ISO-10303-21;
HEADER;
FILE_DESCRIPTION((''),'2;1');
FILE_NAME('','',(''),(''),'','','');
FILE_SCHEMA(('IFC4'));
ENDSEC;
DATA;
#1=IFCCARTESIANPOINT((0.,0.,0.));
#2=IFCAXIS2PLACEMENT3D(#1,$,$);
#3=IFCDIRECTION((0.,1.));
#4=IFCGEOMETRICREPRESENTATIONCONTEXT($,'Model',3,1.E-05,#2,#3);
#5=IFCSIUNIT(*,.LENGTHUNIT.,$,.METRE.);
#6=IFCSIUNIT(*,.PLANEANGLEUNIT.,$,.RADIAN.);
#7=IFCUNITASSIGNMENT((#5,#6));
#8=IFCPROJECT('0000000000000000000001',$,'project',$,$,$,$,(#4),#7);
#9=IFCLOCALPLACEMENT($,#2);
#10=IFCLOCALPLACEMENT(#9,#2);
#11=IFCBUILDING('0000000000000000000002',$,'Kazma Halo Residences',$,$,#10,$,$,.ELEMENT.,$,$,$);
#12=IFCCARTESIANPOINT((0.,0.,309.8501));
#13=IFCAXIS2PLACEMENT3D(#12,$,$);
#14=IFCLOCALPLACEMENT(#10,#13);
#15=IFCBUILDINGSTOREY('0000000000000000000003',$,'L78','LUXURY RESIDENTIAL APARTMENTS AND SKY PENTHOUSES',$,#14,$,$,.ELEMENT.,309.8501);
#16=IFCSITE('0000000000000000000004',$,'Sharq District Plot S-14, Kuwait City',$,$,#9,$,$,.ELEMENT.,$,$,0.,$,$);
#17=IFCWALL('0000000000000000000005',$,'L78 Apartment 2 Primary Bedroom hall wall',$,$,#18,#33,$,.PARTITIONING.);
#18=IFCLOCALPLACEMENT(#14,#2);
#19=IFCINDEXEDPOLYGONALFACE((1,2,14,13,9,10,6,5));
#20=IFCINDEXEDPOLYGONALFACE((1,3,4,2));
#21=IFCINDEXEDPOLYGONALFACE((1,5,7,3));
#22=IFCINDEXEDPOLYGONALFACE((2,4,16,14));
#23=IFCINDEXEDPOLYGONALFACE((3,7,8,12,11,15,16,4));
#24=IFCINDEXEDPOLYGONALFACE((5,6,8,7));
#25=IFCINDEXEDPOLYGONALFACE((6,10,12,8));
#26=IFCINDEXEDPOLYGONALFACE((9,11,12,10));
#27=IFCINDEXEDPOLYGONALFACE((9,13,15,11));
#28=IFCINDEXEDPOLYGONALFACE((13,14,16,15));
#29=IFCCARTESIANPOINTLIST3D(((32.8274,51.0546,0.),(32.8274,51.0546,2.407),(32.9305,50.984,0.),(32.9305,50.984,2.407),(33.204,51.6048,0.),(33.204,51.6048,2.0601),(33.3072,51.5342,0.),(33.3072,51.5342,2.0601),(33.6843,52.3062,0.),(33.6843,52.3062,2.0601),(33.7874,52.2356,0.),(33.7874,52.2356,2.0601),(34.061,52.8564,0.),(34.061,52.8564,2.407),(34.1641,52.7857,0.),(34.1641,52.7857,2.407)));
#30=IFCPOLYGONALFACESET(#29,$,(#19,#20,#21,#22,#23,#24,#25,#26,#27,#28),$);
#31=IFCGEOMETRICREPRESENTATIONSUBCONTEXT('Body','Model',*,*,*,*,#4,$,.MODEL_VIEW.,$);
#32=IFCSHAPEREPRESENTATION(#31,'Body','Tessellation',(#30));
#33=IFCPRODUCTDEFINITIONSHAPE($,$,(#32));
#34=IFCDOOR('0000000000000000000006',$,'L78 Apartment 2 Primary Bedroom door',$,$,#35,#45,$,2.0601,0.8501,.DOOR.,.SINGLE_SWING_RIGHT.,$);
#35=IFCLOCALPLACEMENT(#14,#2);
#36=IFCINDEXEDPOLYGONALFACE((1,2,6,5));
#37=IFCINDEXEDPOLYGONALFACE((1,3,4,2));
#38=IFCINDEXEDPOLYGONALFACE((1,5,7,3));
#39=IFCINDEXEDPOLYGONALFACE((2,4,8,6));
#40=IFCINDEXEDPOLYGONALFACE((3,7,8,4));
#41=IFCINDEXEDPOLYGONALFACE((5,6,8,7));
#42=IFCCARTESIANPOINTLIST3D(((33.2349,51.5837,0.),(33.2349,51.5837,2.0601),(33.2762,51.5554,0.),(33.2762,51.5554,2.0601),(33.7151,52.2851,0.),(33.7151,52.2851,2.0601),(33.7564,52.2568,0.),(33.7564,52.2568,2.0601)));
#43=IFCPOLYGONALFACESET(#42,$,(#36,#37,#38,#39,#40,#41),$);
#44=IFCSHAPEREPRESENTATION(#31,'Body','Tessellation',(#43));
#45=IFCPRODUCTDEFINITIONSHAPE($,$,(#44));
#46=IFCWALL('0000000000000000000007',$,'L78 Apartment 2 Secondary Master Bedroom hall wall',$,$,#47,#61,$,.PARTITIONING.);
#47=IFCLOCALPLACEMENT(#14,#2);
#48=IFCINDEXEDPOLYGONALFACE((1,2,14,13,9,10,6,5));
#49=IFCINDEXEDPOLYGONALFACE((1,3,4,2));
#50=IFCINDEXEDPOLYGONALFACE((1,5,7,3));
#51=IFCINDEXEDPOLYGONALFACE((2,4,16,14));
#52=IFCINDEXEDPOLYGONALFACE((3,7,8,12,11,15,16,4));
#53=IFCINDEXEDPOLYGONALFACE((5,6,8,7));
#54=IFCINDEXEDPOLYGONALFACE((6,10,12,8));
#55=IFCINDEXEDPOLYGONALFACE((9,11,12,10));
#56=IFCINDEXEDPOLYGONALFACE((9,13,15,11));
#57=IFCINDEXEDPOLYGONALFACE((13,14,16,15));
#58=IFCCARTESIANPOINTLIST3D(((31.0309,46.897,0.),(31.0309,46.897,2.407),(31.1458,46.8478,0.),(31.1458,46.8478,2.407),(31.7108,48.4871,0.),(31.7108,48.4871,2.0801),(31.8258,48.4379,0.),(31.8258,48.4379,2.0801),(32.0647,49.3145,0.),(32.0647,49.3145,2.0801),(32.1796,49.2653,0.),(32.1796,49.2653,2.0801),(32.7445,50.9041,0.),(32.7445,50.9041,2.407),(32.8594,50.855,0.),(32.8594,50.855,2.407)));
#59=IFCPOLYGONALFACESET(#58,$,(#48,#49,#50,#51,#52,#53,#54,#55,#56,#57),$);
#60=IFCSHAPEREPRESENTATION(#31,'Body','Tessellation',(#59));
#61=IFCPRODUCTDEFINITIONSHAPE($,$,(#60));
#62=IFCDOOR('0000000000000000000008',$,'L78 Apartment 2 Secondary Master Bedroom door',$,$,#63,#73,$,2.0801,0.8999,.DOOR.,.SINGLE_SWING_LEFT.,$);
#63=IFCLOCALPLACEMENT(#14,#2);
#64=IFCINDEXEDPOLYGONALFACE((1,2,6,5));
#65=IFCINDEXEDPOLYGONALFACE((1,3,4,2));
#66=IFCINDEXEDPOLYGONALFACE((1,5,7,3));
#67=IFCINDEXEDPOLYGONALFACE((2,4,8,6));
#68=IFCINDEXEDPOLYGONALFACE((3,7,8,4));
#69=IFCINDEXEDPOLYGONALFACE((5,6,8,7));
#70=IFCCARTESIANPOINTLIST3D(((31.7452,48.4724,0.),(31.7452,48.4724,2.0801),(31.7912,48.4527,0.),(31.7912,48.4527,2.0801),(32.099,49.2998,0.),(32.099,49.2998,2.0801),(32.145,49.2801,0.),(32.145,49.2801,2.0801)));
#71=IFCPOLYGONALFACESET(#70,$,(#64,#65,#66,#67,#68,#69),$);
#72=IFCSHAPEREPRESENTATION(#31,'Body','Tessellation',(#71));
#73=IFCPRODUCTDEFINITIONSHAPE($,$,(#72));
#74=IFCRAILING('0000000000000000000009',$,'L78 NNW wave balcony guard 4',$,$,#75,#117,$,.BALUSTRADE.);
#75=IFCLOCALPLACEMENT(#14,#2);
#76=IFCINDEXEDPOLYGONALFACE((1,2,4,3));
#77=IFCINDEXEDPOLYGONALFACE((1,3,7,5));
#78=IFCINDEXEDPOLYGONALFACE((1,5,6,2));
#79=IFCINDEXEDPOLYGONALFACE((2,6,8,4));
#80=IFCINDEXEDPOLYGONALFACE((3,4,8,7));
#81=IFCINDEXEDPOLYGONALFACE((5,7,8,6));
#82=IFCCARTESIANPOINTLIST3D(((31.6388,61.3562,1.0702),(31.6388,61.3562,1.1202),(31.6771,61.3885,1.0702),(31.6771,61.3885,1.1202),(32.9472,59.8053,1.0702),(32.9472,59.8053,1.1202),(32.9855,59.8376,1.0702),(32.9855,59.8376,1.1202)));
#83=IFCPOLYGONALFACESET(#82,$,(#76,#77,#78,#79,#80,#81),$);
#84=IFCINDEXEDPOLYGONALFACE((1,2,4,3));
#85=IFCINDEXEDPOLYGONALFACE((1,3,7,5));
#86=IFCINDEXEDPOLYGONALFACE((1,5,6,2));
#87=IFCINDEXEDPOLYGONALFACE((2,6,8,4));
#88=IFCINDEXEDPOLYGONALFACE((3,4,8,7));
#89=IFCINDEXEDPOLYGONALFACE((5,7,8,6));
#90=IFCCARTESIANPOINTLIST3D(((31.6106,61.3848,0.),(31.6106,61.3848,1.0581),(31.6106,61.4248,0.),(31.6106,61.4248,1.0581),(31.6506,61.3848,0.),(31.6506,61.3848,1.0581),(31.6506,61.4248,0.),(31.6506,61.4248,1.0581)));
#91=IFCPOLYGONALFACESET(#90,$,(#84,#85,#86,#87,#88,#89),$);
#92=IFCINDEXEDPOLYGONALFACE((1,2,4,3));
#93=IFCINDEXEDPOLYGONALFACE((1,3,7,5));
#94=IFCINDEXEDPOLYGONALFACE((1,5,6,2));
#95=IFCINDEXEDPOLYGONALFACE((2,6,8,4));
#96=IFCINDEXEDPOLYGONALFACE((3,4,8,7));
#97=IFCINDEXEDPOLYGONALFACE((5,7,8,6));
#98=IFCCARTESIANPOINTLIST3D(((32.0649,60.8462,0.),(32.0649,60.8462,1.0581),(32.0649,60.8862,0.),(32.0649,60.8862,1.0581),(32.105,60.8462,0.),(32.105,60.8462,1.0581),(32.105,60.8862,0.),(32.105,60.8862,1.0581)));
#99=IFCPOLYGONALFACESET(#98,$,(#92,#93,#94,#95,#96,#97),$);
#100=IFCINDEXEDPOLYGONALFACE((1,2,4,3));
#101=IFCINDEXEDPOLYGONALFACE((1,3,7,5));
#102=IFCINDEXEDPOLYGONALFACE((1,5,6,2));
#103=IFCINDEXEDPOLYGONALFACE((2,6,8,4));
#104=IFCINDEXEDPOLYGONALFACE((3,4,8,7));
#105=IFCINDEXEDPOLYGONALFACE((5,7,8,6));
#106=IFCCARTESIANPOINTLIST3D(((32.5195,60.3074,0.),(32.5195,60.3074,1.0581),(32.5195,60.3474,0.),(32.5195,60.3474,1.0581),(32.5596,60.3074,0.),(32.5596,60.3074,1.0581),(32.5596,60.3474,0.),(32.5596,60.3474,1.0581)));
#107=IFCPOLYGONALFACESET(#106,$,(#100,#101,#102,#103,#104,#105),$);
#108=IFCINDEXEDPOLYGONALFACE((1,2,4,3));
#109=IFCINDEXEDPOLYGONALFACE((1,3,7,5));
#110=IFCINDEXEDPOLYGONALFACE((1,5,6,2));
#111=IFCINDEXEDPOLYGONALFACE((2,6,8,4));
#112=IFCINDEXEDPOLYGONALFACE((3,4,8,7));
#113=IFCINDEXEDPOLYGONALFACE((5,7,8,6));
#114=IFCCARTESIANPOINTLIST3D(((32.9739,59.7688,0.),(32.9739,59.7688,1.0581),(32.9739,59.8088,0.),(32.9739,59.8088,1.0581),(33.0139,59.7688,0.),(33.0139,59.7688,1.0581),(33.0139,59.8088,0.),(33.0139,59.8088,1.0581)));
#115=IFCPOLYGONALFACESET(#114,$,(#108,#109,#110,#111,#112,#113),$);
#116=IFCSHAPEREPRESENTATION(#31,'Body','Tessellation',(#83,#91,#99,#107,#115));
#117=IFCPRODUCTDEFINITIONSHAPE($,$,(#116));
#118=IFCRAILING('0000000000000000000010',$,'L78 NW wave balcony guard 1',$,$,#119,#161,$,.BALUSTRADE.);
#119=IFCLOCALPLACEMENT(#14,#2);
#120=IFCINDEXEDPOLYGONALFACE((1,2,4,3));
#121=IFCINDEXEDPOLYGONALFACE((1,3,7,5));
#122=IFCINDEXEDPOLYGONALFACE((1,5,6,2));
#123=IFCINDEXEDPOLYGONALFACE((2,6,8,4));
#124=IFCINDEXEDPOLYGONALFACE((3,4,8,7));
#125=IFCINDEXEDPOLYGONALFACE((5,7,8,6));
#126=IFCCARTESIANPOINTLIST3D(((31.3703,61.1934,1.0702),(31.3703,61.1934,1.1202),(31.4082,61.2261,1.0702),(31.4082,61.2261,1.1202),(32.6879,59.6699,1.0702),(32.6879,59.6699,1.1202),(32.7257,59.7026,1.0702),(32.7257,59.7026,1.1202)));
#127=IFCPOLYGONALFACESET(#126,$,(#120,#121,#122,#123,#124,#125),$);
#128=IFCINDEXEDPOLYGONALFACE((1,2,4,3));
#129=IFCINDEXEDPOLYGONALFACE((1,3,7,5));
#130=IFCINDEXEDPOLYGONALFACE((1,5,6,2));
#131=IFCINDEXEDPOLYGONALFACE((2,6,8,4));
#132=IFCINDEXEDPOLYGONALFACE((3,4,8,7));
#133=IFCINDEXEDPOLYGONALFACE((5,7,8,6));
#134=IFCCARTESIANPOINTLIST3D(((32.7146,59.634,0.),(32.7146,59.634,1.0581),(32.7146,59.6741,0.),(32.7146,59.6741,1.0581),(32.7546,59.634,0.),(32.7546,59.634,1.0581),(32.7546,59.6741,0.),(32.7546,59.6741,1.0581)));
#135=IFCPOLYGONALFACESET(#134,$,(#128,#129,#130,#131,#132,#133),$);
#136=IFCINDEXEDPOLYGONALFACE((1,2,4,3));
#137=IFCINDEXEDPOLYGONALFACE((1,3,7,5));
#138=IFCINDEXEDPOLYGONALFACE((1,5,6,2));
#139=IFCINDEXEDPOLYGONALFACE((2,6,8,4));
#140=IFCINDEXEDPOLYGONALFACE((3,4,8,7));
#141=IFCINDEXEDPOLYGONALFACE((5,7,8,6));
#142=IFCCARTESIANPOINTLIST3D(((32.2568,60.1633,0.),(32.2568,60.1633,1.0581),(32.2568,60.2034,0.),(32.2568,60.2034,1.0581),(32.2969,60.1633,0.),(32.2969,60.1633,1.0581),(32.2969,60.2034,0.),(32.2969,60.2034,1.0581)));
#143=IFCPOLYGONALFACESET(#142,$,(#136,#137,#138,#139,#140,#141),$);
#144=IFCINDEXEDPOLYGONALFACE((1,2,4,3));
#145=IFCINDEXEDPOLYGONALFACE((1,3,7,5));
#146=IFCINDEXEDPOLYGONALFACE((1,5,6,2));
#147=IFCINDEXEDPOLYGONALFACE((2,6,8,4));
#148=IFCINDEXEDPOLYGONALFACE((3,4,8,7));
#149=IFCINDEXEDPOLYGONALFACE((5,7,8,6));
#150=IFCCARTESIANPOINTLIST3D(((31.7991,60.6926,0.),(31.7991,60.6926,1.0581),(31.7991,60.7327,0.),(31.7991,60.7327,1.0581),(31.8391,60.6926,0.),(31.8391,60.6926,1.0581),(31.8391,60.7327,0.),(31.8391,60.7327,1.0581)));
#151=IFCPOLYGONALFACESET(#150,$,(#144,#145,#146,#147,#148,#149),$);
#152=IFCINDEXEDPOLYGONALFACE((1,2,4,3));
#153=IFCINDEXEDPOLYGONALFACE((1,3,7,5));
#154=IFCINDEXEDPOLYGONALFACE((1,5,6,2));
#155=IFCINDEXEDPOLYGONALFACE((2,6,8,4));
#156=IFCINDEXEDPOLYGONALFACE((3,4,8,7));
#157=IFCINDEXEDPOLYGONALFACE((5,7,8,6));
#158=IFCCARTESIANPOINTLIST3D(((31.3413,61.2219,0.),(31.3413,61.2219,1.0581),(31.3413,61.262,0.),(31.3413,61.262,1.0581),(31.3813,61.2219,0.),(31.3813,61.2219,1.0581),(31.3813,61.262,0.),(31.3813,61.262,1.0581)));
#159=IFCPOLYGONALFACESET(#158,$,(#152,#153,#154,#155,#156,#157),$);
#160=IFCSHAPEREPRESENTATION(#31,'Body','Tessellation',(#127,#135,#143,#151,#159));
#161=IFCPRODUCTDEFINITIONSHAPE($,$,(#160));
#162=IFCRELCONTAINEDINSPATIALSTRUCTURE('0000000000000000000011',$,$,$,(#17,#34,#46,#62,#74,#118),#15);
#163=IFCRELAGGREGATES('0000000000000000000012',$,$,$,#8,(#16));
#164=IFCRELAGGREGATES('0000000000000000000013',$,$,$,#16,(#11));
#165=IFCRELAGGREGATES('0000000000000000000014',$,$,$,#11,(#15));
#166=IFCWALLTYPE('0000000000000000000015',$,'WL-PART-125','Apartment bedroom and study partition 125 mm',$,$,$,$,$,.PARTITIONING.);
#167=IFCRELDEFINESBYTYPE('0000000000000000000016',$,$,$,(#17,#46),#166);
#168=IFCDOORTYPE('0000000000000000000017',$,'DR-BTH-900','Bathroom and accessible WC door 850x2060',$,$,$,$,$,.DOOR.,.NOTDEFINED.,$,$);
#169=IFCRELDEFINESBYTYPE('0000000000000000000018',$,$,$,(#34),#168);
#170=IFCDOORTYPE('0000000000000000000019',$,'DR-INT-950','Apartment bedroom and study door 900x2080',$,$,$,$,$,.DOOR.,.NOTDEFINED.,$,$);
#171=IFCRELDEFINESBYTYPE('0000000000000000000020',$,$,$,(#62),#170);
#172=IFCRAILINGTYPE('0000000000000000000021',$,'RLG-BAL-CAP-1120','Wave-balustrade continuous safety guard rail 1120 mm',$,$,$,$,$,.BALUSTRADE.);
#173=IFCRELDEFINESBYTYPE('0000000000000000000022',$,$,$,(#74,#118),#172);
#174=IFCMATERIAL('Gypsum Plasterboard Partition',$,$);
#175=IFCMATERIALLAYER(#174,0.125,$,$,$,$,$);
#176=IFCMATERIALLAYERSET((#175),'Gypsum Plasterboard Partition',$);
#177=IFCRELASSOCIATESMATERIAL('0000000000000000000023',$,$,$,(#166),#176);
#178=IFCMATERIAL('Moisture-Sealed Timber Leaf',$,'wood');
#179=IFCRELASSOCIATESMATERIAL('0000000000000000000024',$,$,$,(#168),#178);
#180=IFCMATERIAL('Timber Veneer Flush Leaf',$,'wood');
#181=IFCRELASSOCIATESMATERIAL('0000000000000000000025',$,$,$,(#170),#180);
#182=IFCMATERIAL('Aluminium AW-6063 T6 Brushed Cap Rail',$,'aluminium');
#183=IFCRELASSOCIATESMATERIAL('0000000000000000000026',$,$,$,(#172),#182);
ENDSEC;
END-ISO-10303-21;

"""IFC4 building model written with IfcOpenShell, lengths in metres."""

from ifc_helpers import new_model, si_unit, direction, frame, frame_2d, origin, origin_2d, place, context, subcontext, project, spatial, rectangle, extrude, material, layer, layer_set, type_object, element, fill, save


model = new_model("IFC4")

# Units and contexts
model_context = context("Model", 3, precision=1e-05, world=origin(), true_north=direction((0.0, 1.0)))
body_context = subcontext(model_context, "Body", "Model", "MODEL_VIEW")
ifc_project = project(units=[si_unit("LENGTHUNIT", "METRE"), si_unit("PLANEANGLEUNIT", "RADIAN")], contexts=[model_context])

# Site, building, storey
site_placement = place(None, origin())
site = spatial("IfcSite", under=ifc_project, at=site_placement, Name="Sharq District Plot S-14, Kuwait City", CompositionType="ELEMENT", RefElevation=0.0)
building_placement = place(site_placement, origin())
building = spatial("IfcBuilding", under=site, at=building_placement, Name="Kazma Halo Residences", CompositionType="ELEMENT")
storey_placement = place(building_placement, frame((0.0, 0.0, 309.8501)))
storey = spatial("IfcBuildingStorey", under=building, at=storey_placement, Name="L78", Description="LUXURY RESIDENTIAL APARTMENTS AND SKY PENTHOUSES", CompositionType="ELEMENT", Elevation=309.8501)

# Shared definitions
ifc_material_1 = material(Name="Gypsum Plasterboard Partition")
ifc_layer_1 = layer(ifc_material_1, 0.125)
ifc_layer_set_1 = layer_set([ifc_layer_1], Name="Gypsum Plasterboard Partition")
wall_type_1 = type_object("IfcWallType", Name="WL-PART-125", Description="Apartment bedroom and study partition 125 mm", PredefinedType="PARTITIONING", material=ifc_layer_set_1)

# Walls, openings, doors
wall_1_placement = place(storey_placement, frame((34.1125, 52.821, 0.0), z_axis=(0.0, 0.0, 1.0), x_axis=(-0.564952, -0.825123, 0.0)))
wall_1 = element("IfcWall", 1, at=wall_1_placement, inside=storey, type_object=wall_type_1, Name="L78 Apartment 2 Primary Bedroom hall wall", PredefinedType="PARTITIONING", context=body_context, shape_type="SweptSolid", body=[
    extrude(rectangle(XDim=2.1836, YDim=0.125, at=frame_2d((1.0918, 0.0))), origin(), (0.0, 0.0, 1.0), 2.407),
])
opening_1_placement = place(wall_1_placement, frame((0.6667, 0.0, 0.0)))
opening_1 = element("IfcOpeningElement", 2, at=opening_1_placement, cuts=wall_1, PredefinedType="OPENING", context=body_context, shape_type="SweptSolid", body=[
    extrude(rectangle(XDim=0.8501, YDim=2.0601, at=frame_2d((0.425, 1.03))), frame((0.0, 0.0725, 0.0), z_axis=(0.0, -1.0, 0.0), x_axis=(1.0, 0.0, 0.0)), (0.0, 0.0, 1.0), 0.145),
])
ifc_material_2 = material(Name="Moisture-Sealed Timber Leaf", Category="wood")
door_type_1 = type_object("IfcDoorType", Name="DR-BTH-900", Description="Bathroom and accessible WC door 850x2060", OperationType="NOTDEFINED", PredefinedType="DOOR", material=ifc_material_2)
door_1_placement = place(opening_1_placement, origin())
door_1 = element("IfcDoor", 3, at=door_1_placement, inside=storey, type_object=door_type_1, Name="L78 Apartment 2 Primary Bedroom door", OperationType="SINGLE_SWING_RIGHT", OverallHeight=2.0601, OverallWidth=0.8501, PredefinedType="DOOR", context=body_context, shape_type="SweptSolid", body=[
    extrude(rectangle(XDim=0.8501, YDim=2.0601, at=frame_2d((0.425, 1.03))), frame((0.0, 0.0249, 0.0), z_axis=(0.0, -1.0, 0.0), x_axis=(1.0, 0.0, 0.0)), (0.0, 0.0, 1.0), 0.05),
])
fill(opening_1, door_1)
wall_2_placement = place(storey_placement, frame((32.802, 50.8796, 0.0), z_axis=(0.0, 0.0, 1.0), x_axis=(-0.393203, -0.919452, 0.0)))
wall_2 = element("IfcWall", 4, at=wall_2_placement, inside=storey, type_object=wall_type_1, Name="L78 Apartment 2 Secondary Master Bedroom hall wall", PredefinedType="PARTITIONING", context=body_context, shape_type="SweptSolid", body=[
    extrude(rectangle(XDim=4.3582, YDim=0.125, at=frame_2d((2.1792, 0.0))), origin(), (0.0, 0.0, 1.0), 2.407),
])
opening_2_placement = place(wall_2_placement, frame((1.729, 0.0, 0.0)))
opening_2 = element("IfcOpeningElement", 5, at=opening_2_placement, cuts=wall_2, PredefinedType="OPENING", context=body_context, shape_type="SweptSolid", body=[
    extrude(rectangle(XDim=0.8999, YDim=2.0801, at=frame_2d((0.45, 1.04))), frame((0.0, 0.0725, 0.0), z_axis=(0.0, -1.0, 0.0), x_axis=(1.0, 0.0, 0.0)), (0.0, 0.0, 1.0), 0.145),
])
ifc_material_3 = material(Name="Timber Veneer Flush Leaf", Category="wood")
door_type_2 = type_object("IfcDoorType", Name="DR-INT-950", Description="Apartment bedroom and study door 900x2080", OperationType="NOTDEFINED", PredefinedType="DOOR", material=ifc_material_3)
door_2_placement = place(opening_2_placement, origin())
door_2 = element("IfcDoor", 6, at=door_2_placement, inside=storey, type_object=door_type_2, Name="L78 Apartment 2 Secondary Master Bedroom door", OperationType="SINGLE_SWING_LEFT", OverallHeight=2.0801, OverallWidth=0.8999, PredefinedType="DOOR", context=body_context, shape_type="SweptSolid", body=[
    extrude(rectangle(XDim=0.8999, YDim=2.0801, at=frame_2d((0.45, 1.04))), frame((0.0, 0.0249, 0.0), z_axis=(0.0, -1.0, 0.0), x_axis=(1.0, 0.0, 0.0)), (0.0, 0.0, 1.0), 0.05),
])
fill(opening_2, door_2)

# Railings
ifc_material_4 = material(Name="Aluminium AW-6063 T6 Brushed Cap Rail", Category="aluminium")
railing_type = type_object("IfcRailingType", Name="RLG-BAL-CAP-1120", Description="Wave-balustrade continuous safety guard rail 1120 mm", PredefinedType="BALUSTRADE", material=ifc_material_4)
railing_1_placement = place(storey_placement, frame((31.6306, 61.4048, 0.0)))
element("IfcRailing", 7, at=railing_1_placement, inside=storey, type_object=railing_type, Name="L78 NNW wave balcony guard 4", PredefinedType="BALUSTRADE", context=body_context, shape_type="SweptSolid", body=[
    extrude(rectangle(XDim=0.05, YDim=0.05, at=origin_2d()), frame((0.0273, -0.0325, 1.0952), z_axis=(0.644818, -0.764336, 0.0), x_axis=(0.764336, 0.644818, 0.0)), (0.0, 0.0, 1.0), 2.0291),
    extrude(rectangle(XDim=0.04, YDim=0.04, at=origin_2d()), origin(), (0.0, 0.0, 1.0), 1.0581),
    extrude(rectangle(XDim=0.04, YDim=0.04, at=origin_2d()), frame((0.4543, -0.5386, 0.0)), (0.0, 0.0, 1.0), 1.0581),
    extrude(rectangle(XDim=0.04, YDim=0.04, at=origin_2d()), frame((0.9089, -1.0774, 0.0)), (0.0, 0.0, 1.0), 1.0581),
    extrude(rectangle(XDim=0.04, YDim=0.04, at=origin_2d()), frame((1.3633, -1.616, 0.0)), (0.0, 0.0, 1.0), 1.0581),
])
railing_2_placement = place(storey_placement, frame((32.7346, 59.6541, 0.0)))
element("IfcRailing", 8, at=railing_2_placement, inside=storey, type_object=railing_type, Name="L78 NW wave balcony guard 1", PredefinedType="BALUSTRADE", context=body_context, shape_type="SweptSolid", body=[
    extrude(rectangle(XDim=0.05, YDim=0.05, at=origin_2d()), frame((-0.0278, 0.0322, 1.0952), z_axis=(-0.654147, 0.756368, 0.0), x_axis=(-0.756368, -0.654147, 0.0)), (0.0, 0.0, 1.0), 2.0142),
    extrude(rectangle(XDim=0.04, YDim=0.04, at=origin_2d()), origin(), (0.0, 0.0, 1.0), 1.0581),
    extrude(rectangle(XDim=0.04, YDim=0.04, at=origin_2d()), frame((-0.4578, 0.5293, 0.0)), (0.0, 0.0, 1.0), 1.0581),
    extrude(rectangle(XDim=0.04, YDim=0.04, at=origin_2d()), frame((-0.9155, 1.0586, 0.0)), (0.0, 0.0, 1.0), 1.0581),
    extrude(rectangle(XDim=0.04, YDim=0.04, at=origin_2d()), frame((-1.3733, 1.5879, 0.0)), (0.0, 0.0, 1.0), 1.0581),
])

save(model, "model.ifc")
